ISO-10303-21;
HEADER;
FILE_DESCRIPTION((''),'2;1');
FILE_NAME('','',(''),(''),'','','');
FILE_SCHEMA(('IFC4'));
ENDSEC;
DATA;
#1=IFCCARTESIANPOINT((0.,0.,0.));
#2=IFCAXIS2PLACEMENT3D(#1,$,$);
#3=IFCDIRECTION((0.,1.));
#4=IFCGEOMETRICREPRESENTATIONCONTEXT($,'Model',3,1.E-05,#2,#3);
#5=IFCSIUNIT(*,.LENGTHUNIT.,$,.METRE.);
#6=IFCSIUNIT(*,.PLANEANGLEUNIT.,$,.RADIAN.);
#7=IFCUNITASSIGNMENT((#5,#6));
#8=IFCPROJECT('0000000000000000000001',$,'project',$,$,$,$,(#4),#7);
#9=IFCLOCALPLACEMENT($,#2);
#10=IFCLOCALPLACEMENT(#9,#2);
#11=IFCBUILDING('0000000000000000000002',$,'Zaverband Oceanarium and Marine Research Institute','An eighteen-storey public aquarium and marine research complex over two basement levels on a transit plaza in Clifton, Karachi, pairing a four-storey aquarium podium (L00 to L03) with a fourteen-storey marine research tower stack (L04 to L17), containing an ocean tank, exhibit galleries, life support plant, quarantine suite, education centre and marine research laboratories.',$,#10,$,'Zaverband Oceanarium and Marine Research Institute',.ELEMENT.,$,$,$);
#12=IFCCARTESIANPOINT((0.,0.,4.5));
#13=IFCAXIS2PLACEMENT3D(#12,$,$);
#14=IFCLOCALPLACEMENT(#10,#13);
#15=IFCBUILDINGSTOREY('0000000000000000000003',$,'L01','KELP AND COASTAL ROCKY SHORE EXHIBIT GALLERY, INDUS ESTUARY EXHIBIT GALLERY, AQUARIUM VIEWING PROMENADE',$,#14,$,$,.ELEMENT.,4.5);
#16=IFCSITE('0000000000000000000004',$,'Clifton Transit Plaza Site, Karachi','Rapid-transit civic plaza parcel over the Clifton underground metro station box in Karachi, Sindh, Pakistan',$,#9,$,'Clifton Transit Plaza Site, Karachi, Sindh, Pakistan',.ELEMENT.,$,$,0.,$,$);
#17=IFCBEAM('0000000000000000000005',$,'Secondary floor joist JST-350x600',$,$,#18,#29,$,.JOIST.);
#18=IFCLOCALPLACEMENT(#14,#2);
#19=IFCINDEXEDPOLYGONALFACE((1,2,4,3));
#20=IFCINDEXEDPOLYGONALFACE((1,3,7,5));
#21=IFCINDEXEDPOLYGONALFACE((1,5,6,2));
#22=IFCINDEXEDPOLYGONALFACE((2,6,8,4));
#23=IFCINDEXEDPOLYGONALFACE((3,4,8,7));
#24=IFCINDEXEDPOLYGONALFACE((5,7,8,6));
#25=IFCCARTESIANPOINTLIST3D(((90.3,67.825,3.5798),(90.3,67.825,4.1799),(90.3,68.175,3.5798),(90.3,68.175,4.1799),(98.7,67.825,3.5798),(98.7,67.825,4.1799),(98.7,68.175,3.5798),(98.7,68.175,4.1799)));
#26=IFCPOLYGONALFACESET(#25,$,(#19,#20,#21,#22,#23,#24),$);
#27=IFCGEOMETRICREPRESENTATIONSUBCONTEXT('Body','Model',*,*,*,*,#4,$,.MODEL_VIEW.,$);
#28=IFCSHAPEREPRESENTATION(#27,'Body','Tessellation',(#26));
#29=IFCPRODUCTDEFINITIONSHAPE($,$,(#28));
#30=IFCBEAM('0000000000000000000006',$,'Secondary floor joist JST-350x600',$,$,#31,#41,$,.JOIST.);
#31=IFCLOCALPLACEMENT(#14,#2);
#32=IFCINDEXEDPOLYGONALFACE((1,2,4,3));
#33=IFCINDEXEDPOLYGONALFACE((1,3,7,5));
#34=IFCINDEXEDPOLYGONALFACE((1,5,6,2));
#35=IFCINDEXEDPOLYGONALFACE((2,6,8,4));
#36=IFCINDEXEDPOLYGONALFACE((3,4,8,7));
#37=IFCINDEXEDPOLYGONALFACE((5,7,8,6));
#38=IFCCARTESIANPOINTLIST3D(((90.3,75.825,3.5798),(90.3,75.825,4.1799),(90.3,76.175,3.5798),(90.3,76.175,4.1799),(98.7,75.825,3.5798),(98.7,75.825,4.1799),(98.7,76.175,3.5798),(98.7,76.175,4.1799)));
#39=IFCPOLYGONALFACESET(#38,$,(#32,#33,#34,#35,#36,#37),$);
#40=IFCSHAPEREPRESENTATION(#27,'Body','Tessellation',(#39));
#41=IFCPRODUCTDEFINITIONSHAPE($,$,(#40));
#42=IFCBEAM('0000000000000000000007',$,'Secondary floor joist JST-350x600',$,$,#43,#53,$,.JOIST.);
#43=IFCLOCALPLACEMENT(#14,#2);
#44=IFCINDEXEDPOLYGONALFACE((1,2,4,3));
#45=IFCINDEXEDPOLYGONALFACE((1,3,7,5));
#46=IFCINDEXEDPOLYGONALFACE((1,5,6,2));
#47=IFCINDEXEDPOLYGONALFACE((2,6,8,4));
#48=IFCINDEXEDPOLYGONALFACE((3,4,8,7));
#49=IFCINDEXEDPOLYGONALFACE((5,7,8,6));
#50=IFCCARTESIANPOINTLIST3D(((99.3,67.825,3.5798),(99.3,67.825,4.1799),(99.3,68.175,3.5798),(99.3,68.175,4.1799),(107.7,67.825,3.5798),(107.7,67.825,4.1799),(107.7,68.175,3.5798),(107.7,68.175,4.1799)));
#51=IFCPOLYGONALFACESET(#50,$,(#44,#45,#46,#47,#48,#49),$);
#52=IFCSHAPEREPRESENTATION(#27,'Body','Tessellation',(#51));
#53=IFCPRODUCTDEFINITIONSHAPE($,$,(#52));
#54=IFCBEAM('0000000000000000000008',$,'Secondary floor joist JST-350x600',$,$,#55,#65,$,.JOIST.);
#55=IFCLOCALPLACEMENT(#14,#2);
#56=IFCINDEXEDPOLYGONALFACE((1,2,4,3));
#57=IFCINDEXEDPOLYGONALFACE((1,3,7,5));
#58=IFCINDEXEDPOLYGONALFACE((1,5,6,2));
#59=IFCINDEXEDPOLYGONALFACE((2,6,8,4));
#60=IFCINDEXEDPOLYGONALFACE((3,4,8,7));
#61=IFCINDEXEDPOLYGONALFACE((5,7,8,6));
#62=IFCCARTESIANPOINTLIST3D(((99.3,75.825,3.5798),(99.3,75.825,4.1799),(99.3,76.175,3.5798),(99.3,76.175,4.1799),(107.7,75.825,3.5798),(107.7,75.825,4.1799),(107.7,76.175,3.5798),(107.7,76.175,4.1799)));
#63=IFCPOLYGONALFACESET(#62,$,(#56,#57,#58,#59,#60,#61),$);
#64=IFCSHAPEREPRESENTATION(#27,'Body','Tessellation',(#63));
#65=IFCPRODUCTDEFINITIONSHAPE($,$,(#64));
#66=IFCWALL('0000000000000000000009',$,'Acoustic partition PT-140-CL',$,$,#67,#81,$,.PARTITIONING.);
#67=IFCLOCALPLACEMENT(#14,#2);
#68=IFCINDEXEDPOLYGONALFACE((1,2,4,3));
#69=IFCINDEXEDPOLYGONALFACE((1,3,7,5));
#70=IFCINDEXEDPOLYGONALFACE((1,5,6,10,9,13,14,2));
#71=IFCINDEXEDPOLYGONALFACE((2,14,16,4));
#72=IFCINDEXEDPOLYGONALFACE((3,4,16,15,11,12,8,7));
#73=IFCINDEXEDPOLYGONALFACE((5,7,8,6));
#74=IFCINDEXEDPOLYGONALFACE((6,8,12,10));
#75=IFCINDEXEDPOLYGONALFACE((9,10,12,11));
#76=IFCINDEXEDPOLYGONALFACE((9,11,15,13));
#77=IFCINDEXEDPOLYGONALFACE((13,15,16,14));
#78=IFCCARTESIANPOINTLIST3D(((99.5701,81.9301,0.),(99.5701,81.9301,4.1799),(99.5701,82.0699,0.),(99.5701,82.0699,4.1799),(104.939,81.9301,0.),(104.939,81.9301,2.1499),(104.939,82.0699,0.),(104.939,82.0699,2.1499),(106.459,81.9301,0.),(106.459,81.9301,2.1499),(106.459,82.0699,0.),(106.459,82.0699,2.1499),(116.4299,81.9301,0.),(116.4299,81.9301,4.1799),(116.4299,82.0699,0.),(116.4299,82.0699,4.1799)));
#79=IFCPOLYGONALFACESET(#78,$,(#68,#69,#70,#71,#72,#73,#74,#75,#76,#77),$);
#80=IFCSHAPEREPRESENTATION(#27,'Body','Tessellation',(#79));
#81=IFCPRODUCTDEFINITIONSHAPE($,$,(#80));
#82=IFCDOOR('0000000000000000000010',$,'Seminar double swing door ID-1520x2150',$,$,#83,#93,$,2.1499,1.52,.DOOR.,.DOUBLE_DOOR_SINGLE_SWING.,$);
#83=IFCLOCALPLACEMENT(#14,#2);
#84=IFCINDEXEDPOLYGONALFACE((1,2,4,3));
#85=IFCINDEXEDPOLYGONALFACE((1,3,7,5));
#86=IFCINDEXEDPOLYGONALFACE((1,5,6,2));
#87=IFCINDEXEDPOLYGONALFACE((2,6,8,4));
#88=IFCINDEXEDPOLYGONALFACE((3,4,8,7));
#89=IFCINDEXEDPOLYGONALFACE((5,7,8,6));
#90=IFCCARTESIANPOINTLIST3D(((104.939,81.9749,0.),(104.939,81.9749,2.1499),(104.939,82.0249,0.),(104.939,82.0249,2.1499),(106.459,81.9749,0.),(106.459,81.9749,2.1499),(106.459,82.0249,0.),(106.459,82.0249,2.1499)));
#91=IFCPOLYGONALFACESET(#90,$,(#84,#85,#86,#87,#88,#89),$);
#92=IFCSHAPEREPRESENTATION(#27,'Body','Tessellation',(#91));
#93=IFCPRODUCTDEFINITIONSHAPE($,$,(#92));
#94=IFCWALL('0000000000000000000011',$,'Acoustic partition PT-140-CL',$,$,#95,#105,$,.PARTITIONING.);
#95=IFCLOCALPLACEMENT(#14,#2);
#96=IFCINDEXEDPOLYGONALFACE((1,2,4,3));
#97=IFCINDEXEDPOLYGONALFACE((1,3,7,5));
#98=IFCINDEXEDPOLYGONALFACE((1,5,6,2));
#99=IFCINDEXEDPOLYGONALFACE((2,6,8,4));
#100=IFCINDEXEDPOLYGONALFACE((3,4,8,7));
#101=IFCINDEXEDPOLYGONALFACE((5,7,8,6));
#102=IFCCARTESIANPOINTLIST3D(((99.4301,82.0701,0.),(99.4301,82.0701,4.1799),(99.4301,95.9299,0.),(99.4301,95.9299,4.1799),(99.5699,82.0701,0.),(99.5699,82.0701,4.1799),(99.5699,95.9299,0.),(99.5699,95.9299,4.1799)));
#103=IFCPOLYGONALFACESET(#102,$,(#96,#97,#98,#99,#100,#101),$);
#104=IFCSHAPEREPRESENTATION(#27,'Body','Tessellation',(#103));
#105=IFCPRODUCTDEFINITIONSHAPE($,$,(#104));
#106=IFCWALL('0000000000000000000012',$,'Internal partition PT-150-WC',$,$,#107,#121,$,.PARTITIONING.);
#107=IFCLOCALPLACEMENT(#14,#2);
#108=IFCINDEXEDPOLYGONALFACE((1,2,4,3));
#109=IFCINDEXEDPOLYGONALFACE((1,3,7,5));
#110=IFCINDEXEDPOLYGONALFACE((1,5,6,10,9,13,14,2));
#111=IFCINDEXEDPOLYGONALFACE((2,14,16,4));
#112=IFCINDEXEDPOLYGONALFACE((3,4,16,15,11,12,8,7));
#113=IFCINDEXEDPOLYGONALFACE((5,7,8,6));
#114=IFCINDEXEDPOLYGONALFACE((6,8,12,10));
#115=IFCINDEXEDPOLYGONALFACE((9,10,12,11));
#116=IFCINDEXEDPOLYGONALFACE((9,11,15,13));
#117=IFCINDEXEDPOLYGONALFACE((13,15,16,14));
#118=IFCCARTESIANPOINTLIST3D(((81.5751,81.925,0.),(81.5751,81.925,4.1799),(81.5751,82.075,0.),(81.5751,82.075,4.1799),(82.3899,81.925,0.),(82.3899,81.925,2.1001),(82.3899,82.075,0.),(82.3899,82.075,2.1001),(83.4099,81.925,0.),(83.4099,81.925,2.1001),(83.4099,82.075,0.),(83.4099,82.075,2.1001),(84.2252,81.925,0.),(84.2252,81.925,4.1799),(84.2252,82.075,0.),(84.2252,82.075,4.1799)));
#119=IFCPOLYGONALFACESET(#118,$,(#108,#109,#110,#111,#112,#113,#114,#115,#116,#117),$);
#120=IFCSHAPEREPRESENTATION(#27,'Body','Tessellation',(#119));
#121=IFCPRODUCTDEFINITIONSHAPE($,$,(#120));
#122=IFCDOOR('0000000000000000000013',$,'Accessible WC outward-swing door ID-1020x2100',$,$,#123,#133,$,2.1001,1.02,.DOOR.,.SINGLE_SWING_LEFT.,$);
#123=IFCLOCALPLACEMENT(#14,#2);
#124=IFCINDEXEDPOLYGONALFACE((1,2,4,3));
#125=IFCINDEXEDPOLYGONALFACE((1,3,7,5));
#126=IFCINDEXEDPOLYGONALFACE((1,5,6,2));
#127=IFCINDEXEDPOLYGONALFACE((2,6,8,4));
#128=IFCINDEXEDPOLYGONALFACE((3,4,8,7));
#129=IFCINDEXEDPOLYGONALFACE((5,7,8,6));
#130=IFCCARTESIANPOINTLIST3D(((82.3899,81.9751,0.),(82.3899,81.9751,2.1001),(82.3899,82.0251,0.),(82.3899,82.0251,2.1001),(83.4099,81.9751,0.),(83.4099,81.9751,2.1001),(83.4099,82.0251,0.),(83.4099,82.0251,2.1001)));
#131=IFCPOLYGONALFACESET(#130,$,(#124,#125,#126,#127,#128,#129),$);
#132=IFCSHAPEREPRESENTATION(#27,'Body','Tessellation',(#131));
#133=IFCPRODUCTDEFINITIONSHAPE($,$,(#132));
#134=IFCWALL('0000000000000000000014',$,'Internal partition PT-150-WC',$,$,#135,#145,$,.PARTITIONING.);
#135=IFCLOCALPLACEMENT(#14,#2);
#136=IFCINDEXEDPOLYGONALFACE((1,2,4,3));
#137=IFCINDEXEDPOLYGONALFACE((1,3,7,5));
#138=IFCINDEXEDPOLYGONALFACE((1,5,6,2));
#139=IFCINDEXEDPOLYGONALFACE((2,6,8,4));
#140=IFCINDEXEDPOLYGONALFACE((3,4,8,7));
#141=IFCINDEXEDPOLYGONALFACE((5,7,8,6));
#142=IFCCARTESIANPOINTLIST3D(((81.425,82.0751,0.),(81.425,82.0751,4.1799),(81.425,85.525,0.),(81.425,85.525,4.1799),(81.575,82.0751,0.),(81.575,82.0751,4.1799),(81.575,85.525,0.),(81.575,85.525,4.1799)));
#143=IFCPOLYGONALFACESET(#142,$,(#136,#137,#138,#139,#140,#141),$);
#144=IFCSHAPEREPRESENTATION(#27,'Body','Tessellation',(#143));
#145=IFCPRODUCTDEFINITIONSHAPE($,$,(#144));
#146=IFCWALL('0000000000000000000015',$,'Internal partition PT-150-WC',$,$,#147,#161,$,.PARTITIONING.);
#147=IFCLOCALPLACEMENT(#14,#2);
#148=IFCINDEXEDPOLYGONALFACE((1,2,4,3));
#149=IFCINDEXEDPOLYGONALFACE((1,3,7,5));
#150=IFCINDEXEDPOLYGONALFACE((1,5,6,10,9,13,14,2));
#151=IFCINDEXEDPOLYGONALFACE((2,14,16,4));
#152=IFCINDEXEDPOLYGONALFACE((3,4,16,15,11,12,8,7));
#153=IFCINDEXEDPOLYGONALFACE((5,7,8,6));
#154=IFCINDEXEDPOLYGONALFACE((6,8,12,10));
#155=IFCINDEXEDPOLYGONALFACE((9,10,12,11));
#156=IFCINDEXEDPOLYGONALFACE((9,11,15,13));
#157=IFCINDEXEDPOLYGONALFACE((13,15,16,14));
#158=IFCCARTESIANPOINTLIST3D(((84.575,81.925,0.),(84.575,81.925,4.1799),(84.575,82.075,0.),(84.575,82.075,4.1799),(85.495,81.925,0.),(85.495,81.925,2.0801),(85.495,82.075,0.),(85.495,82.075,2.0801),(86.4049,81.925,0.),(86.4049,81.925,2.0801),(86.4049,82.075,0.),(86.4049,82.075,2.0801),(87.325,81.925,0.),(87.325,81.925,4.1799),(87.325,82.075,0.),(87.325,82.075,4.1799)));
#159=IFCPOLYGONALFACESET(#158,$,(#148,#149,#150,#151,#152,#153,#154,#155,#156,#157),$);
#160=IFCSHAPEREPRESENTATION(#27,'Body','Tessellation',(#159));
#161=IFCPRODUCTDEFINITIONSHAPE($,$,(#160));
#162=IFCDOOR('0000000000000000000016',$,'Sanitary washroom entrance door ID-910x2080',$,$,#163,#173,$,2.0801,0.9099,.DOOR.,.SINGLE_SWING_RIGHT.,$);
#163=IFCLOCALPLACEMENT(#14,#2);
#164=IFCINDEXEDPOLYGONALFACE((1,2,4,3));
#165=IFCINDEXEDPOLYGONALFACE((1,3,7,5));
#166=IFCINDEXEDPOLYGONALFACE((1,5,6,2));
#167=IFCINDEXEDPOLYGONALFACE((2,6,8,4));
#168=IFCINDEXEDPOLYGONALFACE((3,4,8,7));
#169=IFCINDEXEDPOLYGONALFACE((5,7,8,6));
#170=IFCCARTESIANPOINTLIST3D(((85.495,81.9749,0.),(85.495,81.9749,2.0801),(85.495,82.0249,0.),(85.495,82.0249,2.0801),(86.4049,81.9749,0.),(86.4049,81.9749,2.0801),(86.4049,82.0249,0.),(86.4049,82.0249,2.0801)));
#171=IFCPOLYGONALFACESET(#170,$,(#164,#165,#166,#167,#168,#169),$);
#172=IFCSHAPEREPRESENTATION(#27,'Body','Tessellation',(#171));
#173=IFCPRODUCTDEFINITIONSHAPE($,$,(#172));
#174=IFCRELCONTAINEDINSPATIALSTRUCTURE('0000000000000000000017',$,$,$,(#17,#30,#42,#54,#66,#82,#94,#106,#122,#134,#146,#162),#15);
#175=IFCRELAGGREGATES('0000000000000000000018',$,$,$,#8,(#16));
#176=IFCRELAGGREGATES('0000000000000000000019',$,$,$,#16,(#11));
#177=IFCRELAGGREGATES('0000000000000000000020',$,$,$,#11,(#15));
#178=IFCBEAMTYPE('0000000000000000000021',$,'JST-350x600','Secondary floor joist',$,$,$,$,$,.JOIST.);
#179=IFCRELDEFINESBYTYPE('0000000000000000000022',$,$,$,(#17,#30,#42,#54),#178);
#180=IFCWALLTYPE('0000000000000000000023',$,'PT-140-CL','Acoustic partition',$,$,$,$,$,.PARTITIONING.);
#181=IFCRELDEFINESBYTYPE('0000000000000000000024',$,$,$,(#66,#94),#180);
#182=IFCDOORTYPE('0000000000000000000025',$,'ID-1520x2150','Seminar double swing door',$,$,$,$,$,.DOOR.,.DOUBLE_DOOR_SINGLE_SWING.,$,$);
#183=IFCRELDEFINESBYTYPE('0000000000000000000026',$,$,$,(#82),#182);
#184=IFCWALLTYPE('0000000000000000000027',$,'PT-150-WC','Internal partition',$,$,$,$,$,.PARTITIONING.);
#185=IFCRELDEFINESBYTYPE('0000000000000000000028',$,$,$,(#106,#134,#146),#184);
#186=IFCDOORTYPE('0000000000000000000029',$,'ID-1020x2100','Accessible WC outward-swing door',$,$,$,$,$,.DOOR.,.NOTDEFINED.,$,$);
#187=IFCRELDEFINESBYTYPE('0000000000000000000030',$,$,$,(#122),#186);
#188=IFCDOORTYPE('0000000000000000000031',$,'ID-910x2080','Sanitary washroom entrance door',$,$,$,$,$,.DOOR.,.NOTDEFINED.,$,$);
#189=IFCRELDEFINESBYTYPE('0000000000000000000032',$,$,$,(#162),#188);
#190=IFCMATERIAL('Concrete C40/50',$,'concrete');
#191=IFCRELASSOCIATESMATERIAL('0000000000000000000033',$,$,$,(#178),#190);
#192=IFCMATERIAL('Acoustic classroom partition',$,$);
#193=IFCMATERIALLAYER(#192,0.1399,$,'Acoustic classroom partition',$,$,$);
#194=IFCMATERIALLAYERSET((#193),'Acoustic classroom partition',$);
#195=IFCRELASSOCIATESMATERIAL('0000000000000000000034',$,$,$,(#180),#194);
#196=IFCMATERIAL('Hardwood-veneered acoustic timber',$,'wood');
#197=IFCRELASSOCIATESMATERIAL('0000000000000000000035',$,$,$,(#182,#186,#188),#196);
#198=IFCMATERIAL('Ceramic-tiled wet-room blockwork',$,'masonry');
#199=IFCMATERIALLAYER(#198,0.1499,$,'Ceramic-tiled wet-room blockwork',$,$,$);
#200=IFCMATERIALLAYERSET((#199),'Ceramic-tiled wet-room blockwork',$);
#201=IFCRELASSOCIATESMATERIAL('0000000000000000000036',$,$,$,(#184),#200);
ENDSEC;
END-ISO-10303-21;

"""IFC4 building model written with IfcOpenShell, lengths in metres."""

from ifc_helpers import new_model, si_unit, direction, frame, frame_2d, origin, origin_2d, place, context, subcontext, project, spatial, rectangle, extrude, material, layer, layer_set, material_profile, profile_set, type_object, element, fill, save


model = new_model("IFC4")

# Units and contexts
model_context = context("Model", 3, precision=1e-05, world=origin(), true_north=direction((0.0, 1.0)))
body_context = subcontext(model_context, "Body", "Model", "MODEL_VIEW")
ifc_project = project(units=[si_unit("LENGTHUNIT", "METRE"), si_unit("PLANEANGLEUNIT", "RADIAN")], contexts=[model_context])

# Site, building, storey
site_placement = place(None, origin())
site = spatial("IfcSite", under=ifc_project, at=site_placement, Name="Clifton Transit Plaza Site, Karachi", Description="Rapid-transit civic plaza parcel over the Clifton underground metro station box in Karachi, Sindh, Pakistan", LongName="Clifton Transit Plaza Site, Karachi, Sindh, Pakistan", CompositionType="ELEMENT", RefElevation=0.0)
building_placement = place(site_placement, origin())
building = spatial("IfcBuilding", under=site, at=building_placement, Name="Zaverband Oceanarium and Marine Research Institute", Description="An eighteen-storey public aquarium and marine research complex over two basement levels on a transit plaza in Clifton, Karachi, pairing a four-storey aquarium podium (L00 to L03) with a fourteen-storey marine research tower stack (L04 to L17), containing an ocean tank, exhibit galleries, life support plant, quarantine suite, education centre and marine research laboratories.", LongName="Zaverband Oceanarium and Marine Research Institute", CompositionType="ELEMENT")
storey_placement = place(building_placement, frame((0.0, 0.0, 4.5)))
storey = spatial("IfcBuildingStorey", under=building, at=storey_placement, Name="L01", Description="KELP AND COASTAL ROCKY SHORE EXHIBIT GALLERY, INDUS ESTUARY EXHIBIT GALLERY, AQUARIUM VIEWING PROMENADE", CompositionType="ELEMENT", Elevation=4.5)

# Beams
ifc_material_1 = material(Name="Concrete C40/50", Category="concrete")
ifc_material_profile_1 = material_profile(ifc_material_1, rectangle(XDim=0.3501, YDim=0.6001, at=origin_2d()), Name="RC350x600")
ifc_profile_set_1 = profile_set([ifc_material_profile_1], Name="Concrete C40/50")
beam_type_1 = type_object("IfcBeamType", Name="JST-350x600", Description="Secondary floor joist", PredefinedType="JOIST", material=ifc_profile_set_1)
for number, where, z_axis, x_axis, name in (
    (1, (90.3, 68.0, 3.8799), (1.0, 0.0, 0.0), (0.0, 1.0, 0.0), "Secondary floor joist JST-350x600"),
    (2, (90.3, 76.0, 3.8799), (1.0, 0.0, 0.0), (0.0, 1.0, 0.0), "Secondary floor joist JST-350x600"),
    (3, (99.3, 68.0, 3.8799), (1.0, 0.0, 0.0), (0.0, 1.0, 0.0), "Secondary floor joist JST-350x600"),
    (4, (99.3, 76.0, 3.8799), (1.0, 0.0, 0.0), (0.0, 1.0, 0.0), "Secondary floor joist JST-350x600"),
):
    element("IfcBeam", number, at=place(storey_placement, frame(where, z_axis=z_axis, x_axis=x_axis)), inside=storey, type_object=beam_type_1, Name=name, PredefinedType="JOIST", context=body_context, shape_type="SweptSolid", body=[
        extrude(rectangle(XDim=0.3501, YDim=0.6001, at=origin_2d()), origin(), (0.0, 0.0, 1.0), 8.3999),
    ])

# Wall, opening, door
ifc_material_2 = material(Name="Acoustic classroom partition")
ifc_layer_1 = layer(ifc_material_2, 0.1399, Name="Acoustic classroom partition")
ifc_layer_set_1 = layer_set([ifc_layer_1], Name="Acoustic classroom partition")
wall_type_1 = type_object("IfcWallType", Name="PT-140-CL", Description="Acoustic partition", PredefinedType="PARTITIONING", material=ifc_layer_set_1)
wall_1_placement = place(storey_placement, frame((99.5701, 82.0, 0.0), z_axis=(0.0, 0.0, 1.0), x_axis=(1.0, 0.0, 0.0)))
wall_1 = element("IfcWall", 5, at=wall_1_placement, inside=storey, type_object=wall_type_1, Name="Acoustic partition PT-140-CL", PredefinedType="PARTITIONING", context=body_context, shape_type="SweptSolid", body=[
    extrude(rectangle(XDim=16.8599, YDim=0.1399, at=frame_2d((8.4299, 0.0))), origin(), (0.0, 0.0, 1.0), 4.1799),
])
opening_1_placement = place(wall_1_placement, frame((5.3689, 0.0, 0.0)))
opening_1 = element("IfcOpeningElement", 6, at=opening_1_placement, cuts=wall_1, PredefinedType="OPENING", context=body_context, shape_type="SweptSolid", body=[
    extrude(rectangle(XDim=1.52, YDim=2.1499, at=frame_2d((0.76, 1.075))), frame((0.0, 0.082, 0.0), z_axis=(0.0, -1.0, 0.0), x_axis=(1.0, 0.0, 0.0)), (0.0, 0.0, 1.0), 0.1638),
])
ifc_material_3 = material(Name="Hardwood-veneered acoustic timber", Category="wood")
door_type_1 = type_object("IfcDoorType", Name="ID-1520x2150", Description="Seminar double swing door", OperationType="DOUBLE_DOOR_SINGLE_SWING", PredefinedType="DOOR", material=ifc_material_3)
door_1_placement = place(opening_1_placement, origin())
door_1 = element("IfcDoor", 7, at=door_1_placement, inside=storey, type_object=door_type_1, Name="Seminar double swing door ID-1520x2150", OperationType="DOUBLE_DOOR_SINGLE_SWING", OverallHeight=2.1499, OverallWidth=1.52, PredefinedType="DOOR", context=body_context, shape_type="SweptSolid", body=[
    extrude(rectangle(XDim=1.52, YDim=2.1499, at=frame_2d((0.76, 1.075))), frame((0.0, 0.0249, 0.0), z_axis=(0.0, -1.0, 0.0), x_axis=(1.0, 0.0, 0.0)), (0.0, 0.0, 1.0), 0.05),
])
fill(opening_1, door_1)

# Wall
wall_2_placement = place(storey_placement, frame((99.5, 82.0701, 0.0), z_axis=(0.0, 0.0, 1.0), x_axis=(0.0, 1.0, 0.0)))
element("IfcWall", 8, at=wall_2_placement, inside=storey, type_object=wall_type_1, Name="Acoustic partition PT-140-CL", PredefinedType="PARTITIONING", context=body_context, shape_type="SweptSolid", body=[
    extrude(rectangle(XDim=13.8599, YDim=0.1399, at=frame_2d((6.9299, 0.0))), origin(), (0.0, 0.0, 1.0), 4.1799),
])

# Wall, opening, door
ifc_material_4 = material(Name="Ceramic-tiled wet-room blockwork", Category="masonry")
ifc_layer_2 = layer(ifc_material_4, 0.1499, Name="Ceramic-tiled wet-room blockwork")
ifc_layer_set_2 = layer_set([ifc_layer_2], Name="Ceramic-tiled wet-room blockwork")
wall_type_2 = type_object("IfcWallType", Name="PT-150-WC", Description="Internal partition", PredefinedType="PARTITIONING", material=ifc_layer_set_2)
wall_3_placement = place(storey_placement, frame((81.575, 82.0, 0.0), z_axis=(0.0, 0.0, 1.0), x_axis=(1.0, 0.0, 0.0)))
wall_3 = element("IfcWall", 9, at=wall_3_placement, inside=storey, type_object=wall_type_2, Name="Internal partition PT-150-WC", PredefinedType="PARTITIONING", context=body_context, shape_type="SweptSolid", body=[
    extrude(rectangle(XDim=2.6501, YDim=0.1499, at=frame_2d((1.3252, 0.0))), origin(), (0.0, 0.0, 1.0), 4.1799),
])
opening_2_placement = place(wall_3_placement, frame((0.8149, 0.0, 0.0)))
opening_2 = element("IfcOpeningElement", 10, at=opening_2_placement, cuts=wall_3, PredefinedType="OPENING", context=body_context, shape_type="SweptSolid", body=[
    extrude(rectangle(XDim=1.02, YDim=2.1001, at=frame_2d((0.51, 1.05))), frame((0.0, 0.0869, 0.0), z_axis=(0.0, -1.0, 0.0), x_axis=(1.0, 0.0, 0.0)), (0.0, 0.0, 1.0), 0.1738),
])
door_type_2 = type_object("IfcDoorType", Name="ID-1020x2100", Description="Accessible WC outward-swing door", OperationType="NOTDEFINED", PredefinedType="DOOR", material=ifc_material_3)
door_2_placement = place(opening_2_placement, frame((1.02, 0.0, 0.0), z_axis=(0.0, 0.0, 1.0), x_axis=(-1.0, 0.0, 0.0)))
door_2 = element("IfcDoor", 11, at=door_2_placement, inside=storey, type_object=door_type_2, Name="Accessible WC outward-swing door ID-1020x2100", OperationType="SINGLE_SWING_LEFT", OverallHeight=2.1001, OverallWidth=1.02, PredefinedType="DOOR", context=body_context, shape_type="SweptSolid", body=[
    extrude(rectangle(XDim=1.02, YDim=2.1001, at=frame_2d((0.51, 1.05))), frame((0.0, 0.0249, 0.0), z_axis=(0.0, -1.0, 0.0), x_axis=(1.0, 0.0, 0.0)), (0.0, 0.0, 1.0), 0.05),
])
fill(opening_2, door_2)

# Wall
wall_4_placement = place(storey_placement, frame((81.5, 82.075, 0.0), z_axis=(0.0, 0.0, 1.0), x_axis=(0.0, 1.0, 0.0)))
element("IfcWall", 12, at=wall_4_placement, inside=storey, type_object=wall_type_2, Name="Internal partition PT-150-WC", PredefinedType="PARTITIONING", context=body_context, shape_type="SweptSolid", body=[
    extrude(rectangle(XDim=3.45, YDim=0.1499, at=frame_2d((1.7251, 0.0))), origin(), (0.0, 0.0, 1.0), 4.1799),
])

# Wall, opening, door
wall_5_placement = place(storey_placement, frame((84.575, 82.0, 0.0), z_axis=(0.0, 0.0, 1.0), x_axis=(1.0, 0.0, 0.0)))
wall_5 = element("IfcWall", 13, at=wall_5_placement, inside=storey, type_object=wall_type_2, Name="Internal partition PT-150-WC", PredefinedType="PARTITIONING", context=body_context, shape_type="SweptSolid", body=[
    extrude(rectangle(XDim=2.75, YDim=0.1499, at=frame_2d((1.375, 0.0))), origin(), (0.0, 0.0, 1.0), 4.1799),
])
opening_3_placement = place(wall_5_placement, frame((0.9199, 0.0, 0.0)))
opening_3 = element("IfcOpeningElement", 14, at=opening_3_placement, cuts=wall_5, PredefinedType="OPENING", context=body_context, shape_type="SweptSolid", body=[
    extrude(rectangle(XDim=0.9099, YDim=2.0801, at=frame_2d((0.4551, 1.04))), frame((0.0, 0.0869, 0.0), z_axis=(0.0, -1.0, 0.0), x_axis=(1.0, 0.0, 0.0)), (0.0, 0.0, 1.0), 0.1738),
])
door_type_3 = type_object("IfcDoorType", Name="ID-910x2080", Description="Sanitary washroom entrance door", OperationType="NOTDEFINED", PredefinedType="DOOR", material=ifc_material_3)
door_3_placement = place(opening_3_placement, origin())
door_3 = element("IfcDoor", 15, at=door_3_placement, inside=storey, type_object=door_type_3, Name="Sanitary washroom entrance door ID-910x2080", OperationType="SINGLE_SWING_RIGHT", OverallHeight=2.0801, OverallWidth=0.9099, PredefinedType="DOOR", context=body_context, shape_type="SweptSolid", body=[
    extrude(rectangle(XDim=0.9099, YDim=2.0801, at=frame_2d((0.4551, 1.04))), frame((0.0, 0.0249, 0.0), z_axis=(0.0, -1.0, 0.0), x_axis=(1.0, 0.0, 0.0)), (0.0, 0.0, 1.0), 0.05),
])
fill(opening_3, door_3)

save(model, "model.ifc")
